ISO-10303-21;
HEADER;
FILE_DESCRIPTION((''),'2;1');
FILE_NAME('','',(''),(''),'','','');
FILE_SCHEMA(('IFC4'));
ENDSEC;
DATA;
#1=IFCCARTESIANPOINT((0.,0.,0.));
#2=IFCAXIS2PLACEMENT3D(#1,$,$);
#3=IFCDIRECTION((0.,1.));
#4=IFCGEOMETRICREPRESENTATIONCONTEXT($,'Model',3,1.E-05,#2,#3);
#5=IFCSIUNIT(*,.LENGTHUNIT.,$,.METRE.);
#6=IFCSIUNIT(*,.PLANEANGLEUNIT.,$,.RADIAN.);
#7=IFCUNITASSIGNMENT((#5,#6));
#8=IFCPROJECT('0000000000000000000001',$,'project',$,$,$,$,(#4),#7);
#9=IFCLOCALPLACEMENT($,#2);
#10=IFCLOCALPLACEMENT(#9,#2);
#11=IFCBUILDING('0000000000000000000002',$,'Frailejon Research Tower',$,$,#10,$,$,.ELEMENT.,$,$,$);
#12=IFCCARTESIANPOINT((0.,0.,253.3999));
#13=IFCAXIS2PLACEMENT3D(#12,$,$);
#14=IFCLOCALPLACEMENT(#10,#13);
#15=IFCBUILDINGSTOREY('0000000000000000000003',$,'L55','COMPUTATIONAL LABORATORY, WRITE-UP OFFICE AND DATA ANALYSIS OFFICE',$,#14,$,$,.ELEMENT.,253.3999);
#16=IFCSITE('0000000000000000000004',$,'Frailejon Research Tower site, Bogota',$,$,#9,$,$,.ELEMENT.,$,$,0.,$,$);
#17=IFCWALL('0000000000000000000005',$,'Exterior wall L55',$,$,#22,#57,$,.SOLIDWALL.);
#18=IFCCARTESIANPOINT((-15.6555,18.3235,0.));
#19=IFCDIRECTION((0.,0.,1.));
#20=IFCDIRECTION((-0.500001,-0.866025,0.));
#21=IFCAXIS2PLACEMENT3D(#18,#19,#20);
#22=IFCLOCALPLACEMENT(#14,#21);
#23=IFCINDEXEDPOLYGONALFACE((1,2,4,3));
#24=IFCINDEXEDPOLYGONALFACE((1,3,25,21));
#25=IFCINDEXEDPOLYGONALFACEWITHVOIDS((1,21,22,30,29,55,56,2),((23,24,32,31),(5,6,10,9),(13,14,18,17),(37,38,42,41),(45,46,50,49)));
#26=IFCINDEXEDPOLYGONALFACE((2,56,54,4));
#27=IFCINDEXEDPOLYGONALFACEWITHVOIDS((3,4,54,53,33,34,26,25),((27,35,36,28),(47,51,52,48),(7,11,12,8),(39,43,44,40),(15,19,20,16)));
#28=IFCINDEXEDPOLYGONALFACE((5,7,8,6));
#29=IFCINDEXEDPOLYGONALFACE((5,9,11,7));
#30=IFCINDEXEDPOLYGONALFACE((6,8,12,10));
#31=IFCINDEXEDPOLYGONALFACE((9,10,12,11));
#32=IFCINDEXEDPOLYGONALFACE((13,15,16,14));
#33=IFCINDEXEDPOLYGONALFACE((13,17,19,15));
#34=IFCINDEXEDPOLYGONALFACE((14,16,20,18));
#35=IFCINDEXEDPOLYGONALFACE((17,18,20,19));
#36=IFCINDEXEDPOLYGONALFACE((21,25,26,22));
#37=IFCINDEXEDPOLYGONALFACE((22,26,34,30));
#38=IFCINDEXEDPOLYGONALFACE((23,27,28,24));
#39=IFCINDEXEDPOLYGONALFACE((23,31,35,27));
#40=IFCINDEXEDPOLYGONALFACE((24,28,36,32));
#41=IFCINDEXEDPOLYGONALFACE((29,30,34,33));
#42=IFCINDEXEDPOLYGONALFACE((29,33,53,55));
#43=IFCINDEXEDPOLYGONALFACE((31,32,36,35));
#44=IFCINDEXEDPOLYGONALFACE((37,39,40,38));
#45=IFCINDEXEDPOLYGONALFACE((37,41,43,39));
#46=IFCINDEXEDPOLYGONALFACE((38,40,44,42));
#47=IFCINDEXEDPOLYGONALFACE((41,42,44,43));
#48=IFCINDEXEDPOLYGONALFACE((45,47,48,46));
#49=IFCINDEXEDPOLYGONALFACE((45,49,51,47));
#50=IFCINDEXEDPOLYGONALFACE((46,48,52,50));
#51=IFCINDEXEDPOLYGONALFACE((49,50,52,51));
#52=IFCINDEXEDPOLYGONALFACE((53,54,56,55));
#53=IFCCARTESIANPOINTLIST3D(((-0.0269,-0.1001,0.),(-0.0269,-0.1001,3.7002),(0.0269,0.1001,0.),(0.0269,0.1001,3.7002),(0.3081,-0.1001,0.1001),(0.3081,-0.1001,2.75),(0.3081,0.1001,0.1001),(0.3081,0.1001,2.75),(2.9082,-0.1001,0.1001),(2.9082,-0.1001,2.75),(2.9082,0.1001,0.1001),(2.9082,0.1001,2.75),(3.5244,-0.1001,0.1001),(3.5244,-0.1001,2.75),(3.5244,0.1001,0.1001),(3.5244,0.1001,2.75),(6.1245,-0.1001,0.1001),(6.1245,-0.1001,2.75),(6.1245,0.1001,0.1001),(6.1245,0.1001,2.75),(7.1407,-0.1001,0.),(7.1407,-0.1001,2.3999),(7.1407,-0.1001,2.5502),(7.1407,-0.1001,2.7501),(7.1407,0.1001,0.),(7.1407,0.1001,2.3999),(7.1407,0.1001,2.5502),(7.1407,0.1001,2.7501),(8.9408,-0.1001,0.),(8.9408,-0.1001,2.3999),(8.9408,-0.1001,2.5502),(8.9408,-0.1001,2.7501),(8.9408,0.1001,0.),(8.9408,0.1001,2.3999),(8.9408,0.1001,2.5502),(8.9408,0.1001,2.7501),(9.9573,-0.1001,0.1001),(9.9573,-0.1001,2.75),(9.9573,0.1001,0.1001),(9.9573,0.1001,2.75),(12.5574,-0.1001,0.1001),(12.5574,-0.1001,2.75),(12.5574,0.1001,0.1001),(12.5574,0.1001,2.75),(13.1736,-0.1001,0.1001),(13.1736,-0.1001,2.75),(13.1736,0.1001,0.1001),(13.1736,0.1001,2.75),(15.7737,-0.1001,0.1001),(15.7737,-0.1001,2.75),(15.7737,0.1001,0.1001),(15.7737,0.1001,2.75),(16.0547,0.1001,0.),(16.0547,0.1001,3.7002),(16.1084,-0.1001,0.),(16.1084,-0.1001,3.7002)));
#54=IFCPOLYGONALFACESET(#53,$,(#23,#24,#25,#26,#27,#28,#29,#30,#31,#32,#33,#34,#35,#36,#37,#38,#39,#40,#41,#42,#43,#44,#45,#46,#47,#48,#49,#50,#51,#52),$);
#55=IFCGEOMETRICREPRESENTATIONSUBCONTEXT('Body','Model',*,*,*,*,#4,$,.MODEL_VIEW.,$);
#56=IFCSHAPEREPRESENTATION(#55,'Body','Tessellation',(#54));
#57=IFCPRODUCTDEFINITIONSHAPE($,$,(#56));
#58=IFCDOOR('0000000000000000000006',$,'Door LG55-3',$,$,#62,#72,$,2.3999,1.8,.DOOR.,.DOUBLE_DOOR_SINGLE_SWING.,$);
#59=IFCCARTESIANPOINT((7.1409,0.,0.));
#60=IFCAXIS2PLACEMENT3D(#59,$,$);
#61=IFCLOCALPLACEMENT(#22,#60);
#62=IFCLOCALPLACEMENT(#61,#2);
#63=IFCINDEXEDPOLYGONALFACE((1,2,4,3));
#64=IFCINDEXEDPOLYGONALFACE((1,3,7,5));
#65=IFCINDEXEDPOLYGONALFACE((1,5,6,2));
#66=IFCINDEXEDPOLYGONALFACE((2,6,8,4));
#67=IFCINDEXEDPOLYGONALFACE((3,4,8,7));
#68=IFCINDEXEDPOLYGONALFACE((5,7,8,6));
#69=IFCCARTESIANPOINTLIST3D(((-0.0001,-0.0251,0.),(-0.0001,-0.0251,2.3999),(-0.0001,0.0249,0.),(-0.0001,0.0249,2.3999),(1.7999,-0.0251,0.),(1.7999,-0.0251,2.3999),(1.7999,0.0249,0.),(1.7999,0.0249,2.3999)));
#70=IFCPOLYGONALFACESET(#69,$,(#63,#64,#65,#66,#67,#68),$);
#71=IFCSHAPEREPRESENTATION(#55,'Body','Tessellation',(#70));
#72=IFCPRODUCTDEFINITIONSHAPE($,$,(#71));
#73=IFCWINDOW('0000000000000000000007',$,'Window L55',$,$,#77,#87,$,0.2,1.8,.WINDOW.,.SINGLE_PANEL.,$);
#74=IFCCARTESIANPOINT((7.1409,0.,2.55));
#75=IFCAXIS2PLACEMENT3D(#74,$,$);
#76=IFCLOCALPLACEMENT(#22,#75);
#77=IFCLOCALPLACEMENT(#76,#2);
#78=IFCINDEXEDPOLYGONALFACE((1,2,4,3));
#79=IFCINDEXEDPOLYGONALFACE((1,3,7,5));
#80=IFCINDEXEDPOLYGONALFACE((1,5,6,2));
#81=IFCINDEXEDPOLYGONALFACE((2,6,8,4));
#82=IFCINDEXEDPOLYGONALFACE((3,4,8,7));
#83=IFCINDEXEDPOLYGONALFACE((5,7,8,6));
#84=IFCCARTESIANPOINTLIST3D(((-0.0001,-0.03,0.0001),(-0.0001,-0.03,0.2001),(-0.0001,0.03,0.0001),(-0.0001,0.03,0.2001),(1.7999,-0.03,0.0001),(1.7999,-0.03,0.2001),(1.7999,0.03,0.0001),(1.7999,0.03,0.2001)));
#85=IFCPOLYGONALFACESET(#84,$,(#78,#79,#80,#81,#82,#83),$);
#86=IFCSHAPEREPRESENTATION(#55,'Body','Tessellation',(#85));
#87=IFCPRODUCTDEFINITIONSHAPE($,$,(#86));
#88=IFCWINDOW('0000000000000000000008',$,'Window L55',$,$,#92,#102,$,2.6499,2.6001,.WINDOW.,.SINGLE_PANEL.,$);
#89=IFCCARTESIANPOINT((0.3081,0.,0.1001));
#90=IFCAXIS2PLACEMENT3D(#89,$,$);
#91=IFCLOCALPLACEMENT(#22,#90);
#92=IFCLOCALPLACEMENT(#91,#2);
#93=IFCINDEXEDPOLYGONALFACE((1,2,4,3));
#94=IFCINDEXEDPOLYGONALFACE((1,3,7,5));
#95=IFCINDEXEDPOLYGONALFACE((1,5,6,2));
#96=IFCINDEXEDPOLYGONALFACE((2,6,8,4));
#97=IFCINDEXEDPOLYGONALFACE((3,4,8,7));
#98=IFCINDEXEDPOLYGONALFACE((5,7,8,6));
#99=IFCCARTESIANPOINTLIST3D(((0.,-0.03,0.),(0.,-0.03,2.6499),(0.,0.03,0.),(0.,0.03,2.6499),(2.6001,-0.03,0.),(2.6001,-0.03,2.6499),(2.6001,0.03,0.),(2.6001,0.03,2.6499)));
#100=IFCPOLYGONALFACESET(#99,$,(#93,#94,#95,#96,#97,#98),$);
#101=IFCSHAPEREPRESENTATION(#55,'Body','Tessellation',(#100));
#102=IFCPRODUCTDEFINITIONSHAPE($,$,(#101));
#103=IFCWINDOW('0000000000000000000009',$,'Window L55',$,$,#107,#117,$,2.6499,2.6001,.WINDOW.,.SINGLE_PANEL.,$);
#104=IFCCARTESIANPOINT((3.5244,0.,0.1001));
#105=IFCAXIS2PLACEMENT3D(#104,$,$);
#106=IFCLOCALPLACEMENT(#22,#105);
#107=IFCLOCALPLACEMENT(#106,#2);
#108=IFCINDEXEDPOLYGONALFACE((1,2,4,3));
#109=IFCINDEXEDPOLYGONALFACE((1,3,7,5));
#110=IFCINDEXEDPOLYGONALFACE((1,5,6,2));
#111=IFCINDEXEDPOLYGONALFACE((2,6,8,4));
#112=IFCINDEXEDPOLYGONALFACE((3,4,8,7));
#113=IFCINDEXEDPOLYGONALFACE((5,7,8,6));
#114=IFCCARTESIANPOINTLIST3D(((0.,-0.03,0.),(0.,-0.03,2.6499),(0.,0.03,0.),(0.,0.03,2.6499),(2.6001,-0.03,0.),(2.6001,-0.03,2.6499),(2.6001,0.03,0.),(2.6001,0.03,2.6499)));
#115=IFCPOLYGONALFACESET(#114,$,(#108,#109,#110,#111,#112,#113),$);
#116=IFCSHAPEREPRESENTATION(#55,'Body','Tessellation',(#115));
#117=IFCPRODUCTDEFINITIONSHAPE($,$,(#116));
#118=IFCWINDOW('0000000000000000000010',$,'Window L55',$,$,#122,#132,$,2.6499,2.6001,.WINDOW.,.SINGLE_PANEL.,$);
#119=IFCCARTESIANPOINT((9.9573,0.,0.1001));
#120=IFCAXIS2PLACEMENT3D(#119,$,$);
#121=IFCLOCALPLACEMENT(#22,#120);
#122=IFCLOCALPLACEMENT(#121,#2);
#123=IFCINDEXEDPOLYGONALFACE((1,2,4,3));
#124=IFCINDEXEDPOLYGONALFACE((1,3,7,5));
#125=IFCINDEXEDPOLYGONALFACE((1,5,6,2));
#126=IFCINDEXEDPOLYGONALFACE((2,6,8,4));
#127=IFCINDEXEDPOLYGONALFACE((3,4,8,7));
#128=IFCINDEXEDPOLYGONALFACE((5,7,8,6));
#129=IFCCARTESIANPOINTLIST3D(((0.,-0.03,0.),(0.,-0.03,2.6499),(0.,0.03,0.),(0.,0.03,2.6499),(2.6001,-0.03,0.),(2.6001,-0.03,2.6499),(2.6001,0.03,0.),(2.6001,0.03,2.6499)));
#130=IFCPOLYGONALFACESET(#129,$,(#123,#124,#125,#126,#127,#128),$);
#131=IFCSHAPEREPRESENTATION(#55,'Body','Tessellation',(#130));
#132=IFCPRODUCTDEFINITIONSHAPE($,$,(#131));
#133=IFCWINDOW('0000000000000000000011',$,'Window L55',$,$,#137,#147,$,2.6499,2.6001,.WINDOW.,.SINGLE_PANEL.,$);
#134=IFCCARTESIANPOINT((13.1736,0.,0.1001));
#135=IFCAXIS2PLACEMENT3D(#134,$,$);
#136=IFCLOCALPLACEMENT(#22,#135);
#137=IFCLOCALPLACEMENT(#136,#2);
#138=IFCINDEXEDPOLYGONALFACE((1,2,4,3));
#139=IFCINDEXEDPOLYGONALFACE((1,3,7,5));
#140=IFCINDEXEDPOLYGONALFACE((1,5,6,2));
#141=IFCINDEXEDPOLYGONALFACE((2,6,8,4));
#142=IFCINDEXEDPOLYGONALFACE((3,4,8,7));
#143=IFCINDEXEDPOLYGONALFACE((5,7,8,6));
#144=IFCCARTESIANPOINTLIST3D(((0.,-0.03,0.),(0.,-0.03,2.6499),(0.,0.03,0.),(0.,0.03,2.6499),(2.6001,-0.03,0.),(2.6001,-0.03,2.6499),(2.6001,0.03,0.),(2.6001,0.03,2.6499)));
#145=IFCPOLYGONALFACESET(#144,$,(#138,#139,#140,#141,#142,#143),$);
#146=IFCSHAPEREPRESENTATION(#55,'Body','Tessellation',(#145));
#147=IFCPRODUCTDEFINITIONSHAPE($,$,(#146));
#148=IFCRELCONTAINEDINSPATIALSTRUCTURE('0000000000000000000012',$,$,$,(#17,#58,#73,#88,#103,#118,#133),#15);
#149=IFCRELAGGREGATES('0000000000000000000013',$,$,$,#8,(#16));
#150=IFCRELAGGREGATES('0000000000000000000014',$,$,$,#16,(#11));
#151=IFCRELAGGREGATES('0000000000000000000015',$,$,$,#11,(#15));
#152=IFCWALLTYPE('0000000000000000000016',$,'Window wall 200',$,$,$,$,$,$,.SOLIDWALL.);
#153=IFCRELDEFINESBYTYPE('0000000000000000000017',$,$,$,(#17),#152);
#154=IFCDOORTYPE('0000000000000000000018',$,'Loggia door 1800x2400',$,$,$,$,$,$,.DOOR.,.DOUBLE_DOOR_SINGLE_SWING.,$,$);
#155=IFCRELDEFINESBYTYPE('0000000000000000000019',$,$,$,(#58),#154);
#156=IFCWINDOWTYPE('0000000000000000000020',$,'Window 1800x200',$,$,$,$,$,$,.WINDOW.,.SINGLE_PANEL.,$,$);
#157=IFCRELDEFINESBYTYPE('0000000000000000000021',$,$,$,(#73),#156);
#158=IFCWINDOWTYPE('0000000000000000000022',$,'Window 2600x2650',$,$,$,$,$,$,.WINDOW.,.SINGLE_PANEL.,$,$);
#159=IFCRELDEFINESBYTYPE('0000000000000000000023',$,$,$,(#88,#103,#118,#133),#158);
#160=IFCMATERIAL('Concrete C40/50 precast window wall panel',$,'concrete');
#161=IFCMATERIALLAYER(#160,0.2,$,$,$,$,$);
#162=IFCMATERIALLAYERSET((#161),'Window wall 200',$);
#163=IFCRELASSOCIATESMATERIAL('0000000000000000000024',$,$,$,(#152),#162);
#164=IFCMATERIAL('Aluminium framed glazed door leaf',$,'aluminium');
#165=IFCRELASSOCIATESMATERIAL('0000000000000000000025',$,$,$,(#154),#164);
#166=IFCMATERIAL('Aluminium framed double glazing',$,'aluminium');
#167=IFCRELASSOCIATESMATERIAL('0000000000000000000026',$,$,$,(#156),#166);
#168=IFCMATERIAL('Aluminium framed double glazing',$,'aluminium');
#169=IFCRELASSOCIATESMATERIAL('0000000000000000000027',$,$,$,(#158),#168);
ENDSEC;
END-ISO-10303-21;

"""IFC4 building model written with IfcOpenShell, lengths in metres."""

from ifc_helpers import new_model, si_unit, direction, frame, frame_2d, origin, place, context, subcontext, project, spatial, polyline, rectangle, outline, extrude, material, layer, layer_set, type_object, element, fill, save


model = new_model("IFC4")

# Units and contexts
model_context = context("Model", 3, precision=1e-05, world=origin(), true_north=direction((0.0, 1.0)))
body_context = subcontext(model_context, "Body", "Model", "MODEL_VIEW")
ifc_project = project(units=[si_unit("LENGTHUNIT", "METRE"), si_unit("PLANEANGLEUNIT", "RADIAN")], contexts=[model_context])

# Site, building, storey
site_placement = place(None, origin())
site = spatial("IfcSite", under=ifc_project, at=site_placement, Name="Frailejon Research Tower site, Bogota", CompositionType="ELEMENT", RefElevation=0.0)
building_placement = place(site_placement, origin())
building = spatial("IfcBuilding", under=site, at=building_placement, Name="Frailejon Research Tower", CompositionType="ELEMENT")
storey_placement = place(building_placement, frame((0.0, 0.0, 253.3999)))
storey = spatial("IfcBuildingStorey", under=building, at=storey_placement, Name="L55", Description="COMPUTATIONAL LABORATORY, WRITE-UP OFFICE AND DATA ANALYSIS OFFICE", CompositionType="ELEMENT", Elevation=253.3999)

# Wall, openings, door, windows
ifc_material_1 = material(Name="Concrete C40/50 precast window wall panel", Category="concrete")
ifc_layer_1 = layer(ifc_material_1, 0.2)
ifc_layer_set_1 = layer_set([ifc_layer_1], Name="Window wall 200")
wall_type_1 = type_object("IfcWallType", Name="Window wall 200", PredefinedType="SOLIDWALL", material=ifc_layer_set_1)
wall_1_placement = place(storey_placement, frame((-15.6555, 18.3235, 0.0), z_axis=(0.0, 0.0, 1.0), x_axis=(-0.500001, -0.866025, 0.0)))
wall_1 = element("IfcWall", 1, at=wall_1_placement, inside=storey, type_object=wall_type_1, Name="Exterior wall L55", PredefinedType="SOLIDWALL", context=body_context, shape_type="SweptSolid", body=[
    extrude(outline(polyline([(-0.0269, -0.1001), (0.9817, -0.1001), (1.99, -0.1001), (2.9985, -0.1001), (4.0068, -0.1001), (5.0154, -0.1001), (6.0239, -0.1001), (7.0322, -0.1001), (8.0408, -0.1001), (9.0493, -0.1001), (10.0576, -0.1001), (11.0662, -0.1001), (12.0747, -0.1001), (13.083, -0.1001), (14.0916, -0.1001), (15.0999, -0.1001), (16.1084, -0.1001), (16.0547, 0.1001), (15.053, 0.1001), (14.0513, 0.1001), (13.0496, 0.1001), (12.0479, 0.1001), (11.0459, 0.1001), (10.0442, 0.1001), (9.0425, 0.1001), (8.0408, 0.1001), (7.0391, 0.1001), (6.0374, 0.1001), (5.0356, 0.1001), (4.0337, 0.1001), (3.032, 0.1001), (2.0303, 0.1001), (1.0286, 0.1001), (0.0269, 0.1001), (-0.0269, -0.1001)])), origin(), (0.0, 0.0, 1.0), 3.7002),
])
opening_1_placement = place(wall_1_placement, frame((0.3081, 0.0, 0.1001)))
opening_1 = element("IfcOpeningElement", 2, at=opening_1_placement, cuts=wall_1, PredefinedType="OPENING", context=body_context, shape_type="SweptSolid", body=[
    extrude(rectangle(XDim=2.6001, YDim=2.6499, at=frame_2d((1.3, 1.325))), frame((0.0, 0.1099, 0.0), z_axis=(0.0, -1.0, 0.0), x_axis=(1.0, 0.0, 0.0)), (0.0, 0.0, 1.0), 0.22),
])
opening_2_placement = place(wall_1_placement, frame((3.5244, 0.0, 0.1001)))
opening_2 = element("IfcOpeningElement", 3, at=opening_2_placement, cuts=wall_1, PredefinedType="OPENING", context=body_context, shape_type="SweptSolid", body=[
    extrude(rectangle(XDim=2.6001, YDim=2.6499, at=frame_2d((1.3, 1.325))), frame((0.0, 0.1099, 0.0), z_axis=(0.0, -1.0, 0.0), x_axis=(1.0, 0.0, 0.0)), (0.0, 0.0, 1.0), 0.22),
])
opening_3_placement = place(wall_1_placement, frame((7.1409, 0.0, 0.0)))
opening_3 = element("IfcOpeningElement", 4, at=opening_3_placement, cuts=wall_1, PredefinedType="OPENING", context=body_context, shape_type="SweptSolid", body=[
    extrude(rectangle(XDim=1.8, YDim=2.3999, at=frame_2d((0.8999, 1.2))), frame((0.0, 0.1099, 0.0), z_axis=(0.0, -1.0, 0.0), x_axis=(1.0, 0.0, 0.0)), (0.0, 0.0, 1.0), 0.22),
])
opening_4_placement = place(wall_1_placement, frame((7.1409, 0.0, 2.55)))
opening_4 = element("IfcOpeningElement", 5, at=opening_4_placement, cuts=wall_1, PredefinedType="OPENING", context=body_context, shape_type="SweptSolid", body=[
    extrude(rectangle(XDim=1.8, YDim=0.2, at=frame_2d((0.8999, 0.1001))), frame((0.0, 0.1099, 0.0), z_axis=(0.0, -1.0, 0.0), x_axis=(1.0, 0.0, 0.0)), (0.0, 0.0, 1.0), 0.22),
])
opening_5_placement = place(wall_1_placement, frame((9.9573, 0.0, 0.1001)))
opening_5 = element("IfcOpeningElement", 6, at=opening_5_placement, cuts=wall_1, PredefinedType="OPENING", context=body_context, shape_type="SweptSolid", body=[
    extrude(rectangle(XDim=2.6001, YDim=2.6499, at=frame_2d((1.3, 1.325))), frame((0.0, 0.1099, 0.0), z_axis=(0.0, -1.0, 0.0), x_axis=(1.0, 0.0, 0.0)), (0.0, 0.0, 1.0), 0.22),
])
opening_6_placement = place(wall_1_placement, frame((13.1736, 0.0, 0.1001)))
opening_6 = element("IfcOpeningElement", 7, at=opening_6_placement, cuts=wall_1, PredefinedType="OPENING", context=body_context, shape_type="SweptSolid", body=[
    extrude(rectangle(XDim=2.6001, YDim=2.6499, at=frame_2d((1.3, 1.325))), frame((0.0, 0.1099, 0.0), z_axis=(0.0, -1.0, 0.0), x_axis=(1.0, 0.0, 0.0)), (0.0, 0.0, 1.0), 0.22),
])
ifc_material_2 = material(Name="Aluminium framed glazed door leaf", Category="aluminium")
door_type_1 = type_object("IfcDoorType", Name="Loggia door 1800x2400", OperationType="DOUBLE_DOOR_SINGLE_SWING", PredefinedType="DOOR", material=ifc_material_2)
door_1_placement = place(opening_3_placement, origin())
door_1 = element("IfcDoor", 8, at=door_1_placement, inside=storey, type_object=door_type_1, Name="Door LG55-3", OperationType="DOUBLE_DOOR_SINGLE_SWING", OverallHeight=2.3999, OverallWidth=1.8, PredefinedType="DOOR", context=body_context, shape_type="SweptSolid", body=[
    extrude(rectangle(XDim=1.8, YDim=2.3999, at=frame_2d((0.8999, 1.2))), frame((0.0, 0.0249, 0.0), z_axis=(0.0, -1.0, 0.0), x_axis=(1.0, 0.0, 0.0)), (0.0, 0.0, 1.0), 0.05),
])
fill(opening_3, door_1)
ifc_material_3 = material(Name="Aluminium framed double glazing", Category="aluminium")
window_type_1 = type_object("IfcWindowType", Name="Window 1800x200", PartitioningType="SINGLE_PANEL", PredefinedType="WINDOW", material=ifc_material_3)
window_1_placement = place(opening_4_placement, origin())
window_1 = element("IfcWindow", 9, at=window_1_placement, inside=storey, type_object=window_type_1, Name="Window L55", OverallHeight=0.2, OverallWidth=1.8, PartitioningType="SINGLE_PANEL", PredefinedType="WINDOW", context=body_context, shape_type="SweptSolid", body=[
    extrude(rectangle(XDim=1.8, YDim=0.2, at=frame_2d((0.8999, 0.1001))), frame((0.0, 0.03, 0.0), z_axis=(0.0, -1.0, 0.0), x_axis=(1.0, 0.0, 0.0)), (0.0, 0.0, 1.0), 0.0601),
])
fill(opening_4, window_1)
ifc_material_4 = material(Name="Aluminium framed double glazing", Category="aluminium")
window_type_2 = type_object("IfcWindowType", Name="Window 2600x2650", PartitioningType="SINGLE_PANEL", PredefinedType="WINDOW", material=ifc_material_4)
window_2_placement = place(opening_1_placement, origin())
window_2 = element("IfcWindow", 10, at=window_2_placement, inside=storey, type_object=window_type_2, Name="Window L55", OverallHeight=2.6499, OverallWidth=2.6001, PartitioningType="SINGLE_PANEL", PredefinedType="WINDOW", context=body_context, shape_type="SweptSolid", body=[
    extrude(rectangle(XDim=2.6001, YDim=2.6499, at=frame_2d((1.3, 1.325))), frame((0.0, 0.03, 0.0), z_axis=(0.0, -1.0, 0.0), x_axis=(1.0, 0.0, 0.0)), (0.0, 0.0, 1.0), 0.0601),
])
fill(opening_1, window_2)
window_3_placement = place(opening_2_placement, origin())
window_3 = element("IfcWindow", 11, at=window_3_placement, inside=storey, type_object=window_type_2, Name="Window L55", OverallHeight=2.6499, OverallWidth=2.6001, PartitioningType="SINGLE_PANEL", PredefinedType="WINDOW", context=body_context, shape_type="SweptSolid", body=[
    extrude(rectangle(XDim=2.6001, YDim=2.6499, at=frame_2d((1.3, 1.325))), frame((0.0, 0.03, 0.0), z_axis=(0.0, -1.0, 0.0), x_axis=(1.0, 0.0, 0.0)), (0.0, 0.0, 1.0), 0.0601),
])
fill(opening_2, window_3)
window_4_placement = place(opening_5_placement, origin())
window_4 = element("IfcWindow", 12, at=window_4_placement, inside=storey, type_object=window_type_2, Name="Window L55", OverallHeight=2.6499, OverallWidth=2.6001, PartitioningType="SINGLE_PANEL", PredefinedType="WINDOW", context=body_context, shape_type="SweptSolid", body=[
    extrude(rectangle(XDim=2.6001, YDim=2.6499, at=frame_2d((1.3, 1.325))), frame((0.0, 0.03, 0.0), z_axis=(0.0, -1.0, 0.0), x_axis=(1.0, 0.0, 0.0)), (0.0, 0.0, 1.0), 0.0601),
])
fill(opening_5, window_4)
window_5_placement = place(opening_6_placement, origin())
window_5 = element("IfcWindow", 13, at=window_5_placement, inside=storey, type_object=window_type_2, Name="Window L55", OverallHeight=2.6499, OverallWidth=2.6001, PartitioningType="SINGLE_PANEL", PredefinedType="WINDOW", context=body_context, shape_type="SweptSolid", body=[
    extrude(rectangle(XDim=2.6001, YDim=2.6499, at=frame_2d((1.3, 1.325))), frame((0.0, 0.03, 0.0), z_axis=(0.0, -1.0, 0.0), x_axis=(1.0, 0.0, 0.0)), (0.0, 0.0, 1.0), 0.0601),
])
fill(opening_6, window_5)

save(model, "model.ifc")
